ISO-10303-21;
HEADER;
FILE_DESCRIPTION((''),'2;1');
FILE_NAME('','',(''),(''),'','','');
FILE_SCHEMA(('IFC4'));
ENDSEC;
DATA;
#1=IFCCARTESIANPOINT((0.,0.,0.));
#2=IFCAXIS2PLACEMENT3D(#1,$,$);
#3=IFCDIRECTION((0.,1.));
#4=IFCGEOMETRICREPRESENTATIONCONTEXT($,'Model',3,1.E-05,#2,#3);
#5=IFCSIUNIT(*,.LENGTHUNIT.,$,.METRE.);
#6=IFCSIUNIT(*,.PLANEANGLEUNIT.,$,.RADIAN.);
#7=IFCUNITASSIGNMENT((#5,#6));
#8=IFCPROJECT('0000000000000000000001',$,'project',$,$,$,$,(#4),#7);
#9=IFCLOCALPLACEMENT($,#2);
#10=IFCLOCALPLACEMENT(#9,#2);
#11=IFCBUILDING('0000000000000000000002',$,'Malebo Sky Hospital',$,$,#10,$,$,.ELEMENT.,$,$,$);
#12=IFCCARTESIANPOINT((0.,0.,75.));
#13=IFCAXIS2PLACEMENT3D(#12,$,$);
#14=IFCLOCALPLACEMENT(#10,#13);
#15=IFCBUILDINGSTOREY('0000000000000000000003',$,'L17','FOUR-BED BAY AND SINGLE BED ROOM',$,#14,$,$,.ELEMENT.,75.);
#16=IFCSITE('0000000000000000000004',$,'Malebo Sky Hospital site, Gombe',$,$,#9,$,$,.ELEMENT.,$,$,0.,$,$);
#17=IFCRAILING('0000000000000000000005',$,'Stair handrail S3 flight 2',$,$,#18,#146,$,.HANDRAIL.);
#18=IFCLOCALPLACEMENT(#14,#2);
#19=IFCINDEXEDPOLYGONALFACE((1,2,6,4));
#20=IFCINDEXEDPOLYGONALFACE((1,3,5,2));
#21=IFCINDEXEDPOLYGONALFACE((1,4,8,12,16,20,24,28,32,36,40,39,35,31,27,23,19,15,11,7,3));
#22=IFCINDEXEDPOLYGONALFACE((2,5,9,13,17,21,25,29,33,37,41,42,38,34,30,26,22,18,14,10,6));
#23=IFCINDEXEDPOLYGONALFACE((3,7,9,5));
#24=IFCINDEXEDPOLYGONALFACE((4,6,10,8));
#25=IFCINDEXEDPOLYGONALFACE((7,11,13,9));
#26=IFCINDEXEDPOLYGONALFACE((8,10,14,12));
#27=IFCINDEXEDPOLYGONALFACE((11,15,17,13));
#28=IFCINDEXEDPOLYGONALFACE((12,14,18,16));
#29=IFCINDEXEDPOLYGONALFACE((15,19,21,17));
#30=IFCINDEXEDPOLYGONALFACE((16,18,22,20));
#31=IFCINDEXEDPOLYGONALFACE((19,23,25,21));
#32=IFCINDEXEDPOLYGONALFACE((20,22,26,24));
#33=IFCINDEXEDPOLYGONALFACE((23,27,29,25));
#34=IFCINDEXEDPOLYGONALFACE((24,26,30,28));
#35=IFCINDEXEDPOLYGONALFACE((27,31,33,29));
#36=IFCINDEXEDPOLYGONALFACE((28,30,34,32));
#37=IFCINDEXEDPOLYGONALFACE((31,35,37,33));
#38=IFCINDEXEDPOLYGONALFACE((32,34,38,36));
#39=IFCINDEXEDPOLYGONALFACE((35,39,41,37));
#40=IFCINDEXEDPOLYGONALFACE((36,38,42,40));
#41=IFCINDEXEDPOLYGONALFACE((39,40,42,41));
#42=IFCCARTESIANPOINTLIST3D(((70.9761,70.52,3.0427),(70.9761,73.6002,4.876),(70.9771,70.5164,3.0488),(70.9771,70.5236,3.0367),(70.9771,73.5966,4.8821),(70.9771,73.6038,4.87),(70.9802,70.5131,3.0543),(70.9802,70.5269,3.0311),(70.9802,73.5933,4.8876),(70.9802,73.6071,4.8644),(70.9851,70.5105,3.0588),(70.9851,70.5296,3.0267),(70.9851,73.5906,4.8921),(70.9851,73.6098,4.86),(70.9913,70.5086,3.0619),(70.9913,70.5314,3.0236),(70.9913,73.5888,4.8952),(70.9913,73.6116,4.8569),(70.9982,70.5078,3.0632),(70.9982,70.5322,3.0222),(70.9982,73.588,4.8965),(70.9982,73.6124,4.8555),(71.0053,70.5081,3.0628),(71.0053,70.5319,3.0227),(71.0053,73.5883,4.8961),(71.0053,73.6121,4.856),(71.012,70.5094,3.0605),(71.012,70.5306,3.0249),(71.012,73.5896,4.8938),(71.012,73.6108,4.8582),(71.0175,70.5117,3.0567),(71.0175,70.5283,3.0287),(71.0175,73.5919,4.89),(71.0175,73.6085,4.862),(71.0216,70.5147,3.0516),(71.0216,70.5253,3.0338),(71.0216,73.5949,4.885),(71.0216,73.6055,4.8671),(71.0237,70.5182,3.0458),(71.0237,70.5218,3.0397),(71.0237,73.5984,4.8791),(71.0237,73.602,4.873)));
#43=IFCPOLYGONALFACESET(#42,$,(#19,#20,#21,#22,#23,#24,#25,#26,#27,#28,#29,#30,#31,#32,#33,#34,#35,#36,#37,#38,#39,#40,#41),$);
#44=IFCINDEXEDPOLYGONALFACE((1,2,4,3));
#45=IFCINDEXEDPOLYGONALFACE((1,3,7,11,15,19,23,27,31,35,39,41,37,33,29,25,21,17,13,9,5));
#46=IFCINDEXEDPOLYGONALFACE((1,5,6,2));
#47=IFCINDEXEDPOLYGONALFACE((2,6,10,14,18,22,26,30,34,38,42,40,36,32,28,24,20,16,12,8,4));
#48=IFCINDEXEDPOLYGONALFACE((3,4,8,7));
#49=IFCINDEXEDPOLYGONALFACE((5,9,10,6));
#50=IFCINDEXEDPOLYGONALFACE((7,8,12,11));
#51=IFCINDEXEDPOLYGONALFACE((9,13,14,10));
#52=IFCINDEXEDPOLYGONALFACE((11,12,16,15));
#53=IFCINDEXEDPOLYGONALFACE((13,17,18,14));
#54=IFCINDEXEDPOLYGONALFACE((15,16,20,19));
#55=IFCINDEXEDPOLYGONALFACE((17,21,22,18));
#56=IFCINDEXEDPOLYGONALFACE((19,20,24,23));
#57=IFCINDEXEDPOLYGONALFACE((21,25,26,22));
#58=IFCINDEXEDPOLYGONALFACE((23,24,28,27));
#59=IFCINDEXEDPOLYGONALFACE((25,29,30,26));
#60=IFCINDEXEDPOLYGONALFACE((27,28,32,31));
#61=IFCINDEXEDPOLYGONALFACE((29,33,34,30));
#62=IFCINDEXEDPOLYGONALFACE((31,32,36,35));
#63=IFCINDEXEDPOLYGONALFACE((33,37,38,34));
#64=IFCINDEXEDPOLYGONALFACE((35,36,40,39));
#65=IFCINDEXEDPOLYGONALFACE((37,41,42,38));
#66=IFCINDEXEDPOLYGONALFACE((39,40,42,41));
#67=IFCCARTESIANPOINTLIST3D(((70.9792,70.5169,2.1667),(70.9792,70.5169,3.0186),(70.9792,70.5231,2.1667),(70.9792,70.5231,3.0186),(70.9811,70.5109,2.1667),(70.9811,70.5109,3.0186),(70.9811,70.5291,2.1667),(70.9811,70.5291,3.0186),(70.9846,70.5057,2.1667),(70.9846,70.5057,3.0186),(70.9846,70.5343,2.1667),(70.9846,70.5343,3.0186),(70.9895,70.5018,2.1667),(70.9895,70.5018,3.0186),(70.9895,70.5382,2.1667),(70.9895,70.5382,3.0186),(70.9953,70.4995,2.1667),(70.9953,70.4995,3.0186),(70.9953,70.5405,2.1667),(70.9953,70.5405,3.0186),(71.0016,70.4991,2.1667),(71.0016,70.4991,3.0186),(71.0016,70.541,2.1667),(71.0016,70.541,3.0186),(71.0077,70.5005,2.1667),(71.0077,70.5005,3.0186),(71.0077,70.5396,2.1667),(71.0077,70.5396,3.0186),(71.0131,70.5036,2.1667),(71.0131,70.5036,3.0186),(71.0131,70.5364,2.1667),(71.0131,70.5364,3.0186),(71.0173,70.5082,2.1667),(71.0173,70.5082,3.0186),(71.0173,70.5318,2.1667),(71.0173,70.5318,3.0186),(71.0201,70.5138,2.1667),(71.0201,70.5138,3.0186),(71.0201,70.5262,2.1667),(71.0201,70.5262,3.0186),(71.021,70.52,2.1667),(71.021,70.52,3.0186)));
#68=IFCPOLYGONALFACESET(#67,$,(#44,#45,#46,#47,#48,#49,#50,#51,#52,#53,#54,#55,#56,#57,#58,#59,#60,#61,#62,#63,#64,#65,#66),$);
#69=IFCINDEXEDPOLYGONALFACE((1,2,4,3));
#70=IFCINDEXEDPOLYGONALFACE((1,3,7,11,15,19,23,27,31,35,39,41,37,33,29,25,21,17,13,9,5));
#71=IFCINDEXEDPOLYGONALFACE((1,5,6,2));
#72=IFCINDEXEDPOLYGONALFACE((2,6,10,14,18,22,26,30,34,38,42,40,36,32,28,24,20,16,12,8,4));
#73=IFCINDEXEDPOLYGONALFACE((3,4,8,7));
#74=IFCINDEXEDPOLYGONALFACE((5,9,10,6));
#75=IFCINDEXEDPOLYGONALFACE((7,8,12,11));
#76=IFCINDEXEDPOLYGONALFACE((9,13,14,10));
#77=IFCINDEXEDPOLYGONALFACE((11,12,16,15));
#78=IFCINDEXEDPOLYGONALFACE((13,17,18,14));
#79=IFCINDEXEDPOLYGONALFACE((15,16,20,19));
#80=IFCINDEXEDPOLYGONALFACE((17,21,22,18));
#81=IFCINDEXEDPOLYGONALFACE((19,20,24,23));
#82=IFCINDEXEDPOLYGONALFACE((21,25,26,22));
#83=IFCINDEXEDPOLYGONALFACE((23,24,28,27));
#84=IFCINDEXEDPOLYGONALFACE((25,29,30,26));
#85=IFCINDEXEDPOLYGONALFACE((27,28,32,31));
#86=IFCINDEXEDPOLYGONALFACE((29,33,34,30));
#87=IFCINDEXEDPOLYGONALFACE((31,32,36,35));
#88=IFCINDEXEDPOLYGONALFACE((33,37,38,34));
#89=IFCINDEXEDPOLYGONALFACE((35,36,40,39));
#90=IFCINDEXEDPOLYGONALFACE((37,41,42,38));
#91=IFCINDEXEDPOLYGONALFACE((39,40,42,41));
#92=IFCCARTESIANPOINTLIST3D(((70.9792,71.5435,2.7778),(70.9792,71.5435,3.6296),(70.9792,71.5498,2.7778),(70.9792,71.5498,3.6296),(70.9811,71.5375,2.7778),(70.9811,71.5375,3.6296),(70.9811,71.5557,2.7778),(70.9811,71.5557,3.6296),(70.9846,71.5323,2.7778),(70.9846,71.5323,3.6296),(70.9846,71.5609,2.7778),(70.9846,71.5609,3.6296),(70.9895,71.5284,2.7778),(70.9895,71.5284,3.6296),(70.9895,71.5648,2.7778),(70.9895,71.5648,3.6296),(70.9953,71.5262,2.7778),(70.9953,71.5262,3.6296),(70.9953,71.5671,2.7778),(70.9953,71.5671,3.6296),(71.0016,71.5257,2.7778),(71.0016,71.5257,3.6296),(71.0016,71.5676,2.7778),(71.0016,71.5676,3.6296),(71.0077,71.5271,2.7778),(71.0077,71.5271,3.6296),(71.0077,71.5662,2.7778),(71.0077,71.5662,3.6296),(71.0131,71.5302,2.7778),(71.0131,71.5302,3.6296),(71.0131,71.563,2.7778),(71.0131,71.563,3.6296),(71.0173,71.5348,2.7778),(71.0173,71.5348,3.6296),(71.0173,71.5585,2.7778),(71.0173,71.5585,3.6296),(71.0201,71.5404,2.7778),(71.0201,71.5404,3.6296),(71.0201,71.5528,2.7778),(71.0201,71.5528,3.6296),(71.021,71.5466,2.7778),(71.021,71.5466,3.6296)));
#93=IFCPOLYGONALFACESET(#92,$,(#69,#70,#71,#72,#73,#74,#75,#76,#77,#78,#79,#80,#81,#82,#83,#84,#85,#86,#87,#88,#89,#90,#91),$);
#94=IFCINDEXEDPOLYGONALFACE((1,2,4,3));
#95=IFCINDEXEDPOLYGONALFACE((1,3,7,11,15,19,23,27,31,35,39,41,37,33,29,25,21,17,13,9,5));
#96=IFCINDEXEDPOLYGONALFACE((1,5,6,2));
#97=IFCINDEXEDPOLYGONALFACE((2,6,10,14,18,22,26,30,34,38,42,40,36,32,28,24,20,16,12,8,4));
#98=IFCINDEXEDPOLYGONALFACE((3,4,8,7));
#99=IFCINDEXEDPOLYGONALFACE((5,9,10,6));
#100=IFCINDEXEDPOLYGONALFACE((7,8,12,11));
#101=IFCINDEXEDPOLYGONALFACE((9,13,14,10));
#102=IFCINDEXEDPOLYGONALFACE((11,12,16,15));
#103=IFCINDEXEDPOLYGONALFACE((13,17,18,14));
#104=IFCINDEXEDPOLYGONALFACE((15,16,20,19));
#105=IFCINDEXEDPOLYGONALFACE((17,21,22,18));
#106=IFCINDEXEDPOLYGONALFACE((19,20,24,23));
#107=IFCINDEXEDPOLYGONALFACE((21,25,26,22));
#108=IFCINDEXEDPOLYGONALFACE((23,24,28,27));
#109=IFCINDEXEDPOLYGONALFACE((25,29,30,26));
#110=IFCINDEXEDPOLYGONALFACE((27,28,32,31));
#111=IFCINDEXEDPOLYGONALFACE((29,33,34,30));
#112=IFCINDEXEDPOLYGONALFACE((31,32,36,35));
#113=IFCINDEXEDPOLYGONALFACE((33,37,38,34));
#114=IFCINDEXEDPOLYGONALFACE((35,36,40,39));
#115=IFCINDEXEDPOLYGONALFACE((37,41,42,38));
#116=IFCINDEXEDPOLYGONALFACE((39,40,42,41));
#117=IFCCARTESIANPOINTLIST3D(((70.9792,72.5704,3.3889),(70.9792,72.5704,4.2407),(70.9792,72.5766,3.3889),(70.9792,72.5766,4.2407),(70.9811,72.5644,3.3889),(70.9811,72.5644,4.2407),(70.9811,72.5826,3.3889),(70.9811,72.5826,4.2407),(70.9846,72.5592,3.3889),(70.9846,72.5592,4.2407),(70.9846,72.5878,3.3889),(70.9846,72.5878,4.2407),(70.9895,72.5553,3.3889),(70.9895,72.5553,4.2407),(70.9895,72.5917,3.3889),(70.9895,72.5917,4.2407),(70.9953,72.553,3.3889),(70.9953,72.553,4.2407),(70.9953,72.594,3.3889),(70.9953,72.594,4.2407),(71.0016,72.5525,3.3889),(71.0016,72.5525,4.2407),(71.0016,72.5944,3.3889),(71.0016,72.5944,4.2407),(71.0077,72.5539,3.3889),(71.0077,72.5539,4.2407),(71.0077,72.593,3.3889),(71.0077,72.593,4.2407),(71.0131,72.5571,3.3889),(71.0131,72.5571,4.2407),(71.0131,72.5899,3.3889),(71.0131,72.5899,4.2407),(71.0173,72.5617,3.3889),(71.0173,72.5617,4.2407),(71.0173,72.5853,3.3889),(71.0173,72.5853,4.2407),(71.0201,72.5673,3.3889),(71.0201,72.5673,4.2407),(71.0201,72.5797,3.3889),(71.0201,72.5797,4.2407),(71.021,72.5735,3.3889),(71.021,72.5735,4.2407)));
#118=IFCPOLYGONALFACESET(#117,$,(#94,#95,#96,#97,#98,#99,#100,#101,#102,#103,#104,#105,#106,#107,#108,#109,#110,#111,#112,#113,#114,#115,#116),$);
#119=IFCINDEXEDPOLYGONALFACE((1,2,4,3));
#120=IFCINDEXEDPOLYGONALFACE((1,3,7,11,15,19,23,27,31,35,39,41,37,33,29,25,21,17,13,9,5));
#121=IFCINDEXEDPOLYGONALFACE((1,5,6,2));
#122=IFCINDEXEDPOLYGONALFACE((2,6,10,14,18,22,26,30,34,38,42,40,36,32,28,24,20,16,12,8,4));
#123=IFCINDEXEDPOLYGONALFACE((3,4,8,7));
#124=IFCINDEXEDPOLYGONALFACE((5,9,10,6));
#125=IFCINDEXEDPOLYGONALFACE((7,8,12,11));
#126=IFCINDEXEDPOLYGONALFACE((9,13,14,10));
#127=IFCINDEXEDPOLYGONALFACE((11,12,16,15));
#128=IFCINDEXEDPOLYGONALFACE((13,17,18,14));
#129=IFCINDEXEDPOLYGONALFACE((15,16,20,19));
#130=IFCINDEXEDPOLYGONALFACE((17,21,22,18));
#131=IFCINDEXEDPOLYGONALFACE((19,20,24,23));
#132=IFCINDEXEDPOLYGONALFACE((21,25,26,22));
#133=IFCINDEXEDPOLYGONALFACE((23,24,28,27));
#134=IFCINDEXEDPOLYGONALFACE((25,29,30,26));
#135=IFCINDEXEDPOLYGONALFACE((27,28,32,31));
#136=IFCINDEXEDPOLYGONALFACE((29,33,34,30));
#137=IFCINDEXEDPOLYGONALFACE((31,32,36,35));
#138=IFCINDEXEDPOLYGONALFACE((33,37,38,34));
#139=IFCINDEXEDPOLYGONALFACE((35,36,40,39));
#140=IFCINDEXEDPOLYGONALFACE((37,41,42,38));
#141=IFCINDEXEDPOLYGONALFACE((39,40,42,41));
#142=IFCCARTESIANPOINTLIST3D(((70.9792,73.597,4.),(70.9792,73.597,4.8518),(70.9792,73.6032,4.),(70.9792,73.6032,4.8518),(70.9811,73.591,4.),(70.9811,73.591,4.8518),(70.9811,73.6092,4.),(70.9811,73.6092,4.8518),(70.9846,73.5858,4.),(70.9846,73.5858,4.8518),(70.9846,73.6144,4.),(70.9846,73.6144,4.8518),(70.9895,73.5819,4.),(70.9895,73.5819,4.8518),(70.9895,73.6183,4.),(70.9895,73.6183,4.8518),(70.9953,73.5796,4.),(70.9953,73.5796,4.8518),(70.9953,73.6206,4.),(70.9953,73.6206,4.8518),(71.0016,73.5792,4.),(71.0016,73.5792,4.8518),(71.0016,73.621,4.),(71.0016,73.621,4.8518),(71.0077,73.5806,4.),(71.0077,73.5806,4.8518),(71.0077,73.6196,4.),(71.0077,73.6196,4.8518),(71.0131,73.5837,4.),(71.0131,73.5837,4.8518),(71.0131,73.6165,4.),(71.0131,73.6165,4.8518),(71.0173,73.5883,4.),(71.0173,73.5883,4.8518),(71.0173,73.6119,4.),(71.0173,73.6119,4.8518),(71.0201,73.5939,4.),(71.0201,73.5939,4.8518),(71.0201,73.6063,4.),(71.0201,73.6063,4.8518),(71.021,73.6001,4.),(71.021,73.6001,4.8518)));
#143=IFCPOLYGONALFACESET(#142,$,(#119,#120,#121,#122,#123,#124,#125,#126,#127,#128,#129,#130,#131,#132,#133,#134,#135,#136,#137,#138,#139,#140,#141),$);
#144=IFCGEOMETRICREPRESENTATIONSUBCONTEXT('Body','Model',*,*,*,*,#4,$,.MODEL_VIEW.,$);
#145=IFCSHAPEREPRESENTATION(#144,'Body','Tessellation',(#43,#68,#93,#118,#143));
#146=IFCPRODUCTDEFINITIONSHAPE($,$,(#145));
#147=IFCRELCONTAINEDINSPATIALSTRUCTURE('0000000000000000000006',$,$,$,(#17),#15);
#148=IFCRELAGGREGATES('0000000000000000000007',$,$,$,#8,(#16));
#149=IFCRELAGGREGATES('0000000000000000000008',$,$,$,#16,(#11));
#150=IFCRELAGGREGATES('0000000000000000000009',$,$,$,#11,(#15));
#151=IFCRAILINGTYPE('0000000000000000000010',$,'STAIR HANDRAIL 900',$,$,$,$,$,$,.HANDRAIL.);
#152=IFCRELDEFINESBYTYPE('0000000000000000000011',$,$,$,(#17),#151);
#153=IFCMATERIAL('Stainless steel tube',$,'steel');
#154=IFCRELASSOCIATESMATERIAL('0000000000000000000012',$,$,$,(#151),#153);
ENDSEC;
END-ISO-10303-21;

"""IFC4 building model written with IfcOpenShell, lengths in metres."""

from ifc_helpers import new_model, si_unit, direction, frame, origin, origin_2d, place, context, subcontext, project, spatial, circle, extrude, material, type_object, element, save


model = new_model("IFC4")

# Units and contexts
model_context = context("Model", 3, precision=1e-05, world=origin(), true_north=direction((0.0, 1.0)))
body_context = subcontext(model_context, "Body", "Model", "MODEL_VIEW")
ifc_project = project(units=[si_unit("LENGTHUNIT", "METRE"), si_unit("PLANEANGLEUNIT", "RADIAN")], contexts=[model_context])

# Site, building, storey
site_placement = place(None, origin())
site = spatial("IfcSite", under=ifc_project, at=site_placement, Name="Malebo Sky Hospital site, Gombe", CompositionType="ELEMENT", RefElevation=0.0)
building_placement = place(site_placement, origin())
building = spatial("IfcBuilding", under=site, at=building_placement, Name="Malebo Sky Hospital", CompositionType="ELEMENT")
storey_placement = place(building_placement, frame((0.0, 0.0, 75.0)))
storey = spatial("IfcBuildingStorey", under=building, at=storey_placement, Name="L17", Description="FOUR-BED BAY AND SINGLE BED ROOM", CompositionType="ELEMENT", Elevation=75.0)

# Railing
ifc_material_1 = material(Name="Stainless steel tube", Category="steel")
railing_type = type_object("IfcRailingType", Name="STAIR HANDRAIL 900", PredefinedType="HANDRAIL", material=ifc_material_1)
railing_1_placement = place(storey_placement, frame((71.0, 70.52, 2.1667)))
element("IfcRailing", 1, at=railing_1_placement, inside=storey, type_object=railing_type, Name="Stair handrail S3 flight 2", PredefinedType="HANDRAIL", context=body_context, shape_type="SweptSolid", body=[
    extrude(circle(Radius=0.0239, at=origin_2d()), frame((0.0, 0.0, 0.876), z_axis=(0.0, 0.859309, 0.511458), x_axis=(-1.0, 0.0, 0.0)), (0.0, 0.0, 1.0), 3.5845),
    extrude(circle(Radius=0.021, at=origin_2d()), origin(), (0.0, 0.0, 1.0), 0.8518),
    extrude(circle(Radius=0.021, at=origin_2d()), frame((0.0, 1.0266, 0.6111)), (0.0, 0.0, 1.0), 0.8518),
    extrude(circle(Radius=0.021, at=origin_2d()), frame((0.0, 2.0535, 1.2222)), (0.0, 0.0, 1.0), 0.8518),
    extrude(circle(Radius=0.021, at=origin_2d()), frame((0.0, 3.0801, 1.8333)), (0.0, 0.0, 1.0), 0.8518),
])

save(model, "model.ifc")
